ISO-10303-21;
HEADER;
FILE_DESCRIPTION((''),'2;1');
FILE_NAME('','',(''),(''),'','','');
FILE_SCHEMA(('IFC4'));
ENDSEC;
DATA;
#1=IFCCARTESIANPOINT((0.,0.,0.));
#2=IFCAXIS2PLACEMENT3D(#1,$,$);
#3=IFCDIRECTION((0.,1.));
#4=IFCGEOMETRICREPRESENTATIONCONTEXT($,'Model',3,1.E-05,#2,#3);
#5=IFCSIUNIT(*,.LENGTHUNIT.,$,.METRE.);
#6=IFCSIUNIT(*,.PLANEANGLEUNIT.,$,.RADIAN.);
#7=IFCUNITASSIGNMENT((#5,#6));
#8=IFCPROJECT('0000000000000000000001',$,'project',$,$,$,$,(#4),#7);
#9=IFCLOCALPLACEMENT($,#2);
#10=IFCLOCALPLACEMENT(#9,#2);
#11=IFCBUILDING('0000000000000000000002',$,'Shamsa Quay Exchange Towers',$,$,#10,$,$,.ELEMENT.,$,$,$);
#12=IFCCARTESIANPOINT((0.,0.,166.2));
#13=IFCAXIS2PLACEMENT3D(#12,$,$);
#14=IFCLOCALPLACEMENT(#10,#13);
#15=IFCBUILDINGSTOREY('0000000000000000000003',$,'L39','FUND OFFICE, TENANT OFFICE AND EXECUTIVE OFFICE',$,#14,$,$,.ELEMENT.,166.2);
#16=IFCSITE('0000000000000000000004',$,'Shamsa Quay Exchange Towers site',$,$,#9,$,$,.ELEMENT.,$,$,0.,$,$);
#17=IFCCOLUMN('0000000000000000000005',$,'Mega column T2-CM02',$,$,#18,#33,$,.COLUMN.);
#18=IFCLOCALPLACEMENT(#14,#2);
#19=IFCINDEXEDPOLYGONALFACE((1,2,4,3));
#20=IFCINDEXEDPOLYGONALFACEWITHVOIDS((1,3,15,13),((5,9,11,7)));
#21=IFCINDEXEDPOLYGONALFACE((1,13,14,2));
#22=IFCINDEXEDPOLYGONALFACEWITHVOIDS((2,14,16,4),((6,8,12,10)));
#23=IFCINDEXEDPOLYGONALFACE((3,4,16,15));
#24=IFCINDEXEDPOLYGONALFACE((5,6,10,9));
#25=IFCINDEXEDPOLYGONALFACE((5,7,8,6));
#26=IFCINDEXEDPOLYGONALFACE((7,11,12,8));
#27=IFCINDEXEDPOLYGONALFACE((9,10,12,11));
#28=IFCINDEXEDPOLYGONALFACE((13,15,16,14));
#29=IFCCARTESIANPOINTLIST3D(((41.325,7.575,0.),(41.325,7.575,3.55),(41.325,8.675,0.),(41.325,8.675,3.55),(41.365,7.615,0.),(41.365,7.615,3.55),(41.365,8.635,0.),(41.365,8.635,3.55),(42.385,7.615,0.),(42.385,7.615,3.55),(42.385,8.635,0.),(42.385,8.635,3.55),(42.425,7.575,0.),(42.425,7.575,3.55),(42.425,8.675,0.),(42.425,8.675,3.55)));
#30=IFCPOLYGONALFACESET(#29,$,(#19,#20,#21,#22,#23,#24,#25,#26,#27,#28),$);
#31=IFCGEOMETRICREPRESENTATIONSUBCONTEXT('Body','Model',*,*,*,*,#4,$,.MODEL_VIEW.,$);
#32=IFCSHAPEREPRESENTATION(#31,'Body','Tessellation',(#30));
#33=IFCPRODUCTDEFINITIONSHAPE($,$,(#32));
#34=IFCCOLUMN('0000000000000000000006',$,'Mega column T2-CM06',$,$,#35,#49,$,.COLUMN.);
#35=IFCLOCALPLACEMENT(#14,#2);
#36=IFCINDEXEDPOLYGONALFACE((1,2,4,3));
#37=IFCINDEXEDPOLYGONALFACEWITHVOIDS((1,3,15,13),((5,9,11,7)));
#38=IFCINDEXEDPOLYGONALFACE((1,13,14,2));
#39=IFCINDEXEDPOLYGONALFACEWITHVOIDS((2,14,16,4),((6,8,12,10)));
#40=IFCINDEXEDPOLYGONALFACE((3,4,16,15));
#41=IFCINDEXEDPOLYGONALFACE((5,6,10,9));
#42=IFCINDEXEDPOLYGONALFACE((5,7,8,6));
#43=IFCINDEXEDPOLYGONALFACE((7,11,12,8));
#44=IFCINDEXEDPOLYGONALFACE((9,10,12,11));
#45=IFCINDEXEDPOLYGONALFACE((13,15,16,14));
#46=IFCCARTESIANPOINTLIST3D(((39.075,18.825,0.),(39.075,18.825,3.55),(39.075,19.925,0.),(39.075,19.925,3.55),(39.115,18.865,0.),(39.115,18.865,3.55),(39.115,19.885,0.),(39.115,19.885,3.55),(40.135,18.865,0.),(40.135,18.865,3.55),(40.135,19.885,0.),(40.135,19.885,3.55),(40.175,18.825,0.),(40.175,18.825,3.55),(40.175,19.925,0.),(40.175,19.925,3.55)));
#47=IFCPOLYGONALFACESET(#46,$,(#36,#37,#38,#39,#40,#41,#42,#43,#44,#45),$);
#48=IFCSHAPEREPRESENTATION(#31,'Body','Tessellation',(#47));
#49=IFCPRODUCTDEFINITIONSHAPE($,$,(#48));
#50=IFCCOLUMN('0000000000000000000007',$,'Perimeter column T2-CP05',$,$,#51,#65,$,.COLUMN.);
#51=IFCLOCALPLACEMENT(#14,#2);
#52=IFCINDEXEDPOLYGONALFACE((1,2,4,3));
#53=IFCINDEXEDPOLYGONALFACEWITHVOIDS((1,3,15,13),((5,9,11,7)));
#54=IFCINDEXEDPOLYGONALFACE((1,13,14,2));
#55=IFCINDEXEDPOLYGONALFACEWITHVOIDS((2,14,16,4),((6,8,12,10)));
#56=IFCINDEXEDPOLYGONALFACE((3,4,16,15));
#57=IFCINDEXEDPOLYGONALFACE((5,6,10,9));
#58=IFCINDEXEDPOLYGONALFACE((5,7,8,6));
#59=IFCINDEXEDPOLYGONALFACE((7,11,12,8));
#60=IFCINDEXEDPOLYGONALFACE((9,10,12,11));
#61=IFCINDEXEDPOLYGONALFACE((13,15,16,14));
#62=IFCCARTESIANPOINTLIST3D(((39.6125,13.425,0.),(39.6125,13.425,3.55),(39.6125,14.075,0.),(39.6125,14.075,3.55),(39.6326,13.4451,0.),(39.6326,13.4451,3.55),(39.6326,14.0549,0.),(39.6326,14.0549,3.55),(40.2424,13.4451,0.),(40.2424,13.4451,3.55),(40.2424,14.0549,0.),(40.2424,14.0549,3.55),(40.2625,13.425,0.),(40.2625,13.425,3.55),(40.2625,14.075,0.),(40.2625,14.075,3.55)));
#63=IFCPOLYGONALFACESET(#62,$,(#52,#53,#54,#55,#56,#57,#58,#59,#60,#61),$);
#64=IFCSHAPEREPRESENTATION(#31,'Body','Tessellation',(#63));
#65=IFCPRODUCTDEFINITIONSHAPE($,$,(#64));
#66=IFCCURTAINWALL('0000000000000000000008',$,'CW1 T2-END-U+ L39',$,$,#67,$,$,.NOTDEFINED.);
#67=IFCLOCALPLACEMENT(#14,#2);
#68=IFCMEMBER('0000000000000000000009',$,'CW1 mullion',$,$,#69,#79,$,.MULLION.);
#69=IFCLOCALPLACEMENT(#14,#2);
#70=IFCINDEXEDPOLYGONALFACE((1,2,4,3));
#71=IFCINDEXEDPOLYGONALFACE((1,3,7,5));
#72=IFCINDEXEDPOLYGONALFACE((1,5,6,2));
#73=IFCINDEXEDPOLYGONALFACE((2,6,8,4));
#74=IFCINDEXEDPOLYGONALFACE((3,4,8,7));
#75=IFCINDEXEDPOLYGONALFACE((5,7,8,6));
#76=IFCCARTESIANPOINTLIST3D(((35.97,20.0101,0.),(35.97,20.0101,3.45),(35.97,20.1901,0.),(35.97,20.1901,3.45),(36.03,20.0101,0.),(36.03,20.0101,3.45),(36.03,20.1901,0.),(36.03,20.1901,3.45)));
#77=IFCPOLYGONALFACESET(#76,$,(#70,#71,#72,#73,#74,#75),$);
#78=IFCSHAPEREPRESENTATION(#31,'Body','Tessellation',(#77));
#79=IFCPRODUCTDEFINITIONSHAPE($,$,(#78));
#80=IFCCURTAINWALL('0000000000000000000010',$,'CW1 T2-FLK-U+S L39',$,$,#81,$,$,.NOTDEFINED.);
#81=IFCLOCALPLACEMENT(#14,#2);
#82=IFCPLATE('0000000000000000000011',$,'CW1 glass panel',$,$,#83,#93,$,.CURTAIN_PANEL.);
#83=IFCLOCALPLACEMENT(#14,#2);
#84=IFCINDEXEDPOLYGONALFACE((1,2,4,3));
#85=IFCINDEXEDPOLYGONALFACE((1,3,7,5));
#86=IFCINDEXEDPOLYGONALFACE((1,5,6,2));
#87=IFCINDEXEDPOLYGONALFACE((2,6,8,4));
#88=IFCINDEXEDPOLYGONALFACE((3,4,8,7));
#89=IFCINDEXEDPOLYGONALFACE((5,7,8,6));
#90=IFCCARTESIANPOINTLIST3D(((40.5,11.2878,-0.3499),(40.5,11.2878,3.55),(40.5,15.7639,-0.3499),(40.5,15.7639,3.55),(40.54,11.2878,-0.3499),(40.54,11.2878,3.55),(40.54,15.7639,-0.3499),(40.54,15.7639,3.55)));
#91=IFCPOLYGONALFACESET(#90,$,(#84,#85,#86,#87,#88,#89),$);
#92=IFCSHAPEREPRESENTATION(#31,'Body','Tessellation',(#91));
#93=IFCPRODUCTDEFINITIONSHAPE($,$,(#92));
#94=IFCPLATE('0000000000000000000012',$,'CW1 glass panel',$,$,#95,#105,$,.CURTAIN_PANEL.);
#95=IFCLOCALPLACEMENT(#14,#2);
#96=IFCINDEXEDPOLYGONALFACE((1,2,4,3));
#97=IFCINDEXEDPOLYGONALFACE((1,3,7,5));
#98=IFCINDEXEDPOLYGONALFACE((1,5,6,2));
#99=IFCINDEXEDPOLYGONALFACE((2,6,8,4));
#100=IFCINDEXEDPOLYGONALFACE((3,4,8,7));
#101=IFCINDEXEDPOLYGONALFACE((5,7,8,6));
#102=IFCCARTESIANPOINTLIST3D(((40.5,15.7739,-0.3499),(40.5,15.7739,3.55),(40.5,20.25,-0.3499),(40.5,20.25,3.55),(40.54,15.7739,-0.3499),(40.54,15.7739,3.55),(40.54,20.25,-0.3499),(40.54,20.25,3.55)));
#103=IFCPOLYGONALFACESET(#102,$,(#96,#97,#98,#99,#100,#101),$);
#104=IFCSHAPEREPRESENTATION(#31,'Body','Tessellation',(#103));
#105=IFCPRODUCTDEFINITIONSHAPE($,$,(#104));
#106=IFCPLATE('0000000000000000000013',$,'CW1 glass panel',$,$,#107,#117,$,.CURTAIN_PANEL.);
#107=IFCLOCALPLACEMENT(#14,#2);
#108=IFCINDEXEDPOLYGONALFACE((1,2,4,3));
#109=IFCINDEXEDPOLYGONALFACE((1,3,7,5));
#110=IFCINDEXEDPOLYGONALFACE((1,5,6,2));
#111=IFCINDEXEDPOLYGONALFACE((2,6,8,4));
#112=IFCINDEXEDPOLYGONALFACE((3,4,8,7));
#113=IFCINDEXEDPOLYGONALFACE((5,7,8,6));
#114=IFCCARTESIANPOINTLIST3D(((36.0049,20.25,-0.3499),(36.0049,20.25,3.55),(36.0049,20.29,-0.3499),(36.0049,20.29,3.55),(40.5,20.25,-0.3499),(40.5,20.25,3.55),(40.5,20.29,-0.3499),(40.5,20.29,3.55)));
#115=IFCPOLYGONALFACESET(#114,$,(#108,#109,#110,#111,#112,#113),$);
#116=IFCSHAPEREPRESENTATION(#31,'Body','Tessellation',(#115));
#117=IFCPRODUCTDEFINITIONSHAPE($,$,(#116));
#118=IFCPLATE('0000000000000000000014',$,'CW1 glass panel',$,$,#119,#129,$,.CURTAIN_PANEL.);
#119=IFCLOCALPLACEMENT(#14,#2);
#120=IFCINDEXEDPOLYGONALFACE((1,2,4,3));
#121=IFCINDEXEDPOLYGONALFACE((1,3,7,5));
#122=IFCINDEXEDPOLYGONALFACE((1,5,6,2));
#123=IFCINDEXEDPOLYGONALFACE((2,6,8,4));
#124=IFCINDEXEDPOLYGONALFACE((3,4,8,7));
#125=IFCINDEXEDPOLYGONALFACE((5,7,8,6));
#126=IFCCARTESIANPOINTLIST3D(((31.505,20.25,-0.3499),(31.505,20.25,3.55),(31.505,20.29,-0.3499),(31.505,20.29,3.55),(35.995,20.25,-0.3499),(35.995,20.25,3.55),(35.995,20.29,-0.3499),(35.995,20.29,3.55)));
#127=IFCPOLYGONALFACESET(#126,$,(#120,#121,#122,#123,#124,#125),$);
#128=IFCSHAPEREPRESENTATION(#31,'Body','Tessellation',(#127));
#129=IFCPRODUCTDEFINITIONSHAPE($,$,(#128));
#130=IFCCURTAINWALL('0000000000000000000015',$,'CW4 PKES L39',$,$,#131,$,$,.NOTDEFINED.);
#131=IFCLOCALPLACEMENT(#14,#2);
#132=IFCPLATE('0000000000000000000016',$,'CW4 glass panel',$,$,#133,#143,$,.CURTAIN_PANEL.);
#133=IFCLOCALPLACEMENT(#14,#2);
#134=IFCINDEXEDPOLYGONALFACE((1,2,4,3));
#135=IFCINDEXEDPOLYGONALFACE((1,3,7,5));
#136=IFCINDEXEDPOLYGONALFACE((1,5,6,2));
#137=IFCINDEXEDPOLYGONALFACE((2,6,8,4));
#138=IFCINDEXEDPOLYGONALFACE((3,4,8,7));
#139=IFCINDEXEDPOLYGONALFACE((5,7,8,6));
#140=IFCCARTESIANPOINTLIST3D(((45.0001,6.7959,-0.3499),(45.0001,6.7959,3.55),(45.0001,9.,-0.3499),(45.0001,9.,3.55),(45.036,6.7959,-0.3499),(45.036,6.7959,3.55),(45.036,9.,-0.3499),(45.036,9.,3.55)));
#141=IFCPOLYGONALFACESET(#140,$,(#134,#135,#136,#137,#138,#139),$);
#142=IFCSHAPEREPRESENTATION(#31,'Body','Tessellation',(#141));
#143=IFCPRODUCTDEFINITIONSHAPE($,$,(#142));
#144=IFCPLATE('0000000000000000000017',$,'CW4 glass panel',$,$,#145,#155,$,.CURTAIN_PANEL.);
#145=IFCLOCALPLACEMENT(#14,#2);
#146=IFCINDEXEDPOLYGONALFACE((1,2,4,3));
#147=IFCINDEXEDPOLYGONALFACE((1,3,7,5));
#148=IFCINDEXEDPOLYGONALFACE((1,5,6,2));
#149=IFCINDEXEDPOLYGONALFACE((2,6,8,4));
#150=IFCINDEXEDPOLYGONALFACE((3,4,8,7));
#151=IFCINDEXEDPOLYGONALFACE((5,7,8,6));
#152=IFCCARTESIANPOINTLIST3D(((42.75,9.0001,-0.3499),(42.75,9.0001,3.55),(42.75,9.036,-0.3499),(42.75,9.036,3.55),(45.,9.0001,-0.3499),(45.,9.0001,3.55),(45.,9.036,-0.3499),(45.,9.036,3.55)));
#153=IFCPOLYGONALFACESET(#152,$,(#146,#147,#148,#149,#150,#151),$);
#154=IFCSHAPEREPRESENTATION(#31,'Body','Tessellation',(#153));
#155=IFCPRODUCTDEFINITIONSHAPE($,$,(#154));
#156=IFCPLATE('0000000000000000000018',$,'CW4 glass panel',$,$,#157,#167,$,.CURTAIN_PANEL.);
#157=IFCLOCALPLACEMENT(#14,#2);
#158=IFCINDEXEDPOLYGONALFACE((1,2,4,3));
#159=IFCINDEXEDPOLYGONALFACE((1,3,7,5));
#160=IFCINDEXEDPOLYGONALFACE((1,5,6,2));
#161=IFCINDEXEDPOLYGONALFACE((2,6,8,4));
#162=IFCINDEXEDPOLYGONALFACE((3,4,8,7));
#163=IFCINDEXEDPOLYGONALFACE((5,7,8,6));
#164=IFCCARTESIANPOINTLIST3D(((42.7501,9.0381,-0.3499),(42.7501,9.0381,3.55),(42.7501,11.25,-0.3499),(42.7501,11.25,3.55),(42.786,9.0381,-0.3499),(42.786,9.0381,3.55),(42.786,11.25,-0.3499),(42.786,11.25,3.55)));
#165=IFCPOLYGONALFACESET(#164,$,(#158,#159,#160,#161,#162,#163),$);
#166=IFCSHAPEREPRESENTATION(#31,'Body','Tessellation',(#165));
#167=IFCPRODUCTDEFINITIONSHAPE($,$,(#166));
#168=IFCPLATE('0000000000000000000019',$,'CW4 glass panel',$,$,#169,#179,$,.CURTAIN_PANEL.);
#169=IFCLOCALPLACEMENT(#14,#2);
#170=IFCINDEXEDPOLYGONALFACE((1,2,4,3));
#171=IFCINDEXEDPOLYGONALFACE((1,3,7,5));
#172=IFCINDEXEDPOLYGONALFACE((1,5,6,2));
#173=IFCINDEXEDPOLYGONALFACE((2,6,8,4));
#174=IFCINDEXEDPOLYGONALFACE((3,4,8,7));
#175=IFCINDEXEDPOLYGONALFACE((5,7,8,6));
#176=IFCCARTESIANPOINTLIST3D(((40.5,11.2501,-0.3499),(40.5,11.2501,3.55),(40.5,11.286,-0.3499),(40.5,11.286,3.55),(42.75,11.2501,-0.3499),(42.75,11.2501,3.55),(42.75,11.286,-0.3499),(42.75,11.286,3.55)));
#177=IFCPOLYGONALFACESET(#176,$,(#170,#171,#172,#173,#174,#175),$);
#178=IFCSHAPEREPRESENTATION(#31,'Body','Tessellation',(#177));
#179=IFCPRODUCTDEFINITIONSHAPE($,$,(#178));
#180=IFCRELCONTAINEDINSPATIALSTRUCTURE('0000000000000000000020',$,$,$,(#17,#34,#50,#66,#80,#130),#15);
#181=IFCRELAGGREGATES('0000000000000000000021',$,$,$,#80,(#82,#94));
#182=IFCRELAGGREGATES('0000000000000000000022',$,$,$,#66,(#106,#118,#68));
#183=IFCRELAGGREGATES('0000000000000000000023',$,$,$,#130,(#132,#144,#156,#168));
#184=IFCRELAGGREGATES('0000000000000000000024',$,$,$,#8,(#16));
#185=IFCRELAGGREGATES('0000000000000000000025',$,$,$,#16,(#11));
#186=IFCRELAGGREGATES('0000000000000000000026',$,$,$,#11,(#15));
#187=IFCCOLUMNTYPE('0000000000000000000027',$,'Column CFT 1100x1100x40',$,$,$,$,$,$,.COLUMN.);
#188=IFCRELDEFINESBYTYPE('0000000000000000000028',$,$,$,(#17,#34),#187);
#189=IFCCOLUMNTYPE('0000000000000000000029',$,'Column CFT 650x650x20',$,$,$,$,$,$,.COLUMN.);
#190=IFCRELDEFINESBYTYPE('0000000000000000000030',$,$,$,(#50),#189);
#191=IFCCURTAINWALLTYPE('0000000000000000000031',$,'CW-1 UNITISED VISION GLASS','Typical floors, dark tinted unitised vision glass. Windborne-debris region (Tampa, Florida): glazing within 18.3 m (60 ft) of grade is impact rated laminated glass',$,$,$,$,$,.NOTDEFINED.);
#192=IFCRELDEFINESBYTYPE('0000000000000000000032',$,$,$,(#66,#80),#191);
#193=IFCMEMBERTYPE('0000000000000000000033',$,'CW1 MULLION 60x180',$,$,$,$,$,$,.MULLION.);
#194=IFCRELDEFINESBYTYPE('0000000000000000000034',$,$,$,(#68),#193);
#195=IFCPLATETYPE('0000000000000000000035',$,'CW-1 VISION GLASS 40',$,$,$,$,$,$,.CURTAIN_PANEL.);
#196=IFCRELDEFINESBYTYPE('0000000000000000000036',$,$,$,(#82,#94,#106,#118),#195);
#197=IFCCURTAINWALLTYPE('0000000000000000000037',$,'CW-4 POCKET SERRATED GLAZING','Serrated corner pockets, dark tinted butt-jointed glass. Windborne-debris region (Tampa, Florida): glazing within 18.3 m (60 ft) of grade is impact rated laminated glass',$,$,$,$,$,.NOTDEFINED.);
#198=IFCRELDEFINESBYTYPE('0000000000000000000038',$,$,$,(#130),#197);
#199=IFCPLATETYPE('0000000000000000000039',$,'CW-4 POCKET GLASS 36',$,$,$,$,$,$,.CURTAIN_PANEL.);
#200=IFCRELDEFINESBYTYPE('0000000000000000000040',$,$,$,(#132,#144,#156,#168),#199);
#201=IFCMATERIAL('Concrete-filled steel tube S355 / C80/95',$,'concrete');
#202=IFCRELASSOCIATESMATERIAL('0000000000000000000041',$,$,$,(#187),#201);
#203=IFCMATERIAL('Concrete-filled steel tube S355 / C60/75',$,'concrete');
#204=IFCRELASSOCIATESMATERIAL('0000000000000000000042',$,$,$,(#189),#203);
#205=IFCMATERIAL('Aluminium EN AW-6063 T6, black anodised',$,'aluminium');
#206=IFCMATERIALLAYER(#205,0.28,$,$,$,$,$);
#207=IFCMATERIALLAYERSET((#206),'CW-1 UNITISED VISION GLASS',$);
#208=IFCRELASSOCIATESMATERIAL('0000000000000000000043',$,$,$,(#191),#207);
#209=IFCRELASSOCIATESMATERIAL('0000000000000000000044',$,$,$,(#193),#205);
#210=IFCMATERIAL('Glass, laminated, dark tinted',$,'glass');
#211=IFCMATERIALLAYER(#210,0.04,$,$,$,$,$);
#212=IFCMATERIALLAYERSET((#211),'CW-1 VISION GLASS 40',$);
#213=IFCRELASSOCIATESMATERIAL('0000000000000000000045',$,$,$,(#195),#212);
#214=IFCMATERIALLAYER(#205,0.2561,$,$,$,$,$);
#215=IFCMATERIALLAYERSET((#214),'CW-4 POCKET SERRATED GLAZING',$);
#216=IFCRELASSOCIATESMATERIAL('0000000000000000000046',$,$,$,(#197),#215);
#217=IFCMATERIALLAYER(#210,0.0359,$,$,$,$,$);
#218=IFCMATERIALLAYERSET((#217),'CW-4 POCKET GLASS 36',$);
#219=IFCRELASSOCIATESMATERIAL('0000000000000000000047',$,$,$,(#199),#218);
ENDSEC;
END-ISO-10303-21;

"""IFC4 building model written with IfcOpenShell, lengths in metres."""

from ifc_helpers import new_model, si_unit, direction, frame, origin, origin_2d, place, context, subcontext, project, spatial, rectangle, hollow_rectangle, extrude, material, layer, layer_set, material_profile, profile_set, type_object, element, aggregate, save


model = new_model("IFC4")

# Units and contexts
model_context = context("Model", 3, precision=1e-05, world=origin(), true_north=direction((0.0, 1.0)))
body_context = subcontext(model_context, "Body", "Model", "MODEL_VIEW")
ifc_project = project(units=[si_unit("LENGTHUNIT", "METRE"), si_unit("PLANEANGLEUNIT", "RADIAN")], contexts=[model_context])

# Site, building, storey
site_placement = place(None, origin())
site = spatial("IfcSite", under=ifc_project, at=site_placement, Name="Shamsa Quay Exchange Towers site", CompositionType="ELEMENT", RefElevation=0.0)
building_placement = place(site_placement, origin())
building = spatial("IfcBuilding", under=site, at=building_placement, Name="Shamsa Quay Exchange Towers", CompositionType="ELEMENT")
storey_placement = place(building_placement, frame((0.0, 0.0, 166.2)))
storey = spatial("IfcBuildingStorey", under=building, at=storey_placement, Name="L39", Description="FUND OFFICE, TENANT OFFICE AND EXECUTIVE OFFICE", CompositionType="ELEMENT", Elevation=166.2)

# Columns
ifc_material_1 = material(Name="Concrete-filled steel tube S355 / C80/95", Category="concrete")
ifc_material_profile_1 = material_profile(ifc_material_1, hollow_rectangle(XDim=1.1001, YDim=1.1001, WallThickness=0.04, at=origin_2d()), Name="CFT 1100x1100x40")
ifc_profile_set_1 = profile_set([ifc_material_profile_1], Name="Concrete-filled steel tube S355 / C80/95")
column_type_1 = type_object("IfcColumnType", Name="Column CFT 1100x1100x40", PredefinedType="COLUMN", material=ifc_profile_set_1)
for number, where, name in (
    (1, (41.875, 8.125, 0.0), "Mega column T2-CM02"),
    (2, (39.625, 19.375, 0.0), "Mega column T2-CM06"),
):
    element("IfcColumn", number, at=place(storey_placement, frame(where)), inside=storey, type_object=column_type_1, Name=name, PredefinedType="COLUMN", context=body_context, shape_type="SweptSolid", body=[
        extrude(hollow_rectangle(XDim=1.1001, YDim=1.1001, WallThickness=0.04, at=origin_2d()), origin(), (0.0, 0.0, 1.0), 3.55),
    ])
ifc_material_2 = material(Name="Concrete-filled steel tube S355 / C60/75", Category="concrete")
ifc_material_profile_2 = material_profile(ifc_material_2, hollow_rectangle(XDim=0.6499, YDim=0.6499, WallThickness=0.02, at=origin_2d()), Name="CFT 650x650x20")
ifc_profile_set_2 = profile_set([ifc_material_profile_2], Name="Concrete-filled steel tube S355 / C60/75")
column_type_2 = type_object("IfcColumnType", Name="Column CFT 650x650x20", PredefinedType="COLUMN", material=ifc_profile_set_2)
column_placement = place(storey_placement, frame((39.9375, 13.75, 0.0)))
element("IfcColumn", 3, at=column_placement, inside=storey, type_object=column_type_2, Name="Perimeter column T2-CP05", PredefinedType="COLUMN", context=body_context, shape_type="SweptSolid", body=[
    extrude(hollow_rectangle(XDim=0.6499, YDim=0.6499, WallThickness=0.02, at=origin_2d()), origin(), (0.0, 0.0, 1.0), 3.55),
])

# Curtain wall, member
ifc_material_3 = material(Name="Aluminium EN AW-6063 T6, black anodised", Category="aluminium")
ifc_layer_1 = layer(ifc_material_3, 0.28)
ifc_layer_set_1 = layer_set([ifc_layer_1], Name="CW-1 UNITISED VISION GLASS")
curtain_wall_type_1 = type_object("IfcCurtainWallType", Name="CW-1 UNITISED VISION GLASS", Description="Typical floors, dark tinted unitised vision glass. Windborne-debris region (Tampa, Florida): glazing within 18.3 m (60 ft) of grade is impact rated laminated glass", PredefinedType="NOTDEFINED", material=ifc_layer_set_1)
curtain_wall_1_placement = place(storey_placement, origin())
curtain_wall_1 = element("IfcCurtainWall", 4, at=curtain_wall_1_placement, inside=storey, type_object=curtain_wall_type_1, Name="CW1 T2-END-U+ L39", PredefinedType="NOTDEFINED")
ifc_material_profile_3 = material_profile(ifc_material_3, rectangle(XDim=0.1799, YDim=0.0601, at=origin_2d()), Name="MU60x180")
ifc_profile_set_3 = profile_set([ifc_material_profile_3], Name="Aluminium EN AW-6063 T6, black anodised")
member_type = type_object("IfcMemberType", Name="CW1 MULLION 60x180", PredefinedType="MULLION", material=ifc_profile_set_3)
member_placement = place(storey_placement, frame((36.0, 20.1001, 0.0), z_axis=(0.0, 0.0, 1.0), x_axis=(0.0, -1.0, 0.0)))
member = element("IfcMember", 5, at=member_placement, type_object=member_type, Name="CW1 mullion", PredefinedType="MULLION", context=body_context, shape_type="SweptSolid", body=[
    extrude(rectangle(XDim=0.1799, YDim=0.0601, at=origin_2d()), origin(), (0.0, 0.0, 1.0), 3.45),
])

# Curtain wall, plates
curtain_wall_2_placement = place(storey_placement, origin())
curtain_wall_2 = element("IfcCurtainWall", 6, at=curtain_wall_2_placement, inside=storey, type_object=curtain_wall_type_1, Name="CW1 T2-FLK-U+S L39", PredefinedType="NOTDEFINED")
ifc_material_4 = material(Name="Glass, laminated, dark tinted", Category="glass")
ifc_layer_2 = layer(ifc_material_4, 0.04)
ifc_layer_set_2 = layer_set([ifc_layer_2], Name="CW-1 VISION GLASS 40")
plate_type_1 = type_object("IfcPlateType", Name="CW-1 VISION GLASS 40", PredefinedType="CURTAIN_PANEL", material=ifc_layer_set_2)
plate_1_placement = place(storey_placement, frame((40.52, 13.5259, -0.3499), z_axis=(0.0, 0.0, 1.0), x_axis=(0.0, 1.0, 0.0)))
plate_1 = element("IfcPlate", 7, at=plate_1_placement, type_object=plate_type_1, Name="CW1 glass panel", PredefinedType="CURTAIN_PANEL", context=body_context, shape_type="SweptSolid", body=[
    extrude(rectangle(XDim=4.4761, YDim=0.04, at=origin_2d()), origin(), (0.0, 0.0, 1.0), 3.8999),
])
plate_2_placement = place(storey_placement, frame((40.52, 18.012, -0.3499), z_axis=(0.0, 0.0, 1.0), x_axis=(0.0, 1.0, 0.0)))
plate_2 = element("IfcPlate", 8, at=plate_2_placement, type_object=plate_type_1, Name="CW1 glass panel", PredefinedType="CURTAIN_PANEL", context=body_context, shape_type="SweptSolid", body=[
    extrude(rectangle(XDim=4.4761, YDim=0.04, at=origin_2d()), origin(), (0.0, 0.0, 1.0), 3.8999),
])
aggregate(curtain_wall_2, [plate_1, plate_2])

# Plates
plate_3_placement = place(storey_placement, frame((38.2524, 20.27, -0.3499), z_axis=(0.0, 0.0, 1.0), x_axis=(-1.0, 0.0, 0.0)))
plate_3 = element("IfcPlate", 9, at=plate_3_placement, type_object=plate_type_1, Name="CW1 glass panel", PredefinedType="CURTAIN_PANEL", context=body_context, shape_type="SweptSolid", body=[
    extrude(rectangle(XDim=4.4951, YDim=0.04, at=origin_2d()), origin(), (0.0, 0.0, 1.0), 3.8999),
])
plate_4_placement = place(storey_placement, frame((33.75, 20.27, -0.3499), z_axis=(0.0, 0.0, 1.0), x_axis=(-1.0, 0.0, 0.0)))
plate_4 = element("IfcPlate", 10, at=plate_4_placement, type_object=plate_type_1, Name="CW1 glass panel", PredefinedType="CURTAIN_PANEL", context=body_context, shape_type="SweptSolid", body=[
    extrude(rectangle(XDim=4.49, YDim=0.04, at=origin_2d()), origin(), (0.0, 0.0, 1.0), 3.8999),
])
aggregate(curtain_wall_1, [plate_3, plate_4, member])

# Curtain wall, plates
ifc_layer_3 = layer(ifc_material_3, 0.2561)
ifc_layer_set_3 = layer_set([ifc_layer_3], Name="CW-4 POCKET SERRATED GLAZING")
curtain_wall_type_2 = type_object("IfcCurtainWallType", Name="CW-4 POCKET SERRATED GLAZING", Description="Serrated corner pockets, dark tinted butt-jointed glass. Windborne-debris region (Tampa, Florida): glazing within 18.3 m (60 ft) of grade is impact rated laminated glass", PredefinedType="NOTDEFINED", material=ifc_layer_set_3)
curtain_wall_3_placement = place(storey_placement, origin())
curtain_wall_3 = element("IfcCurtainWall", 11, at=curtain_wall_3_placement, inside=storey, type_object=curtain_wall_type_2, Name="CW4 PKES L39", PredefinedType="NOTDEFINED")
ifc_layer_4 = layer(ifc_material_4, 0.0359)
ifc_layer_set_4 = layer_set([ifc_layer_4], Name="CW-4 POCKET GLASS 36")
plate_type_2 = type_object("IfcPlateType", Name="CW-4 POCKET GLASS 36", PredefinedType="CURTAIN_PANEL", material=ifc_layer_set_4)
plate_5_placement = place(storey_placement, frame((45.0181, 7.8979, -0.3499), z_axis=(0.0, 0.0, 1.0), x_axis=(0.0, 1.0, 0.0)))
plate_5 = element("IfcPlate", 12, at=plate_5_placement, type_object=plate_type_2, Name="CW4 glass panel", PredefinedType="CURTAIN_PANEL", context=body_context, shape_type="SweptSolid", body=[
    extrude(rectangle(XDim=2.2041, YDim=0.0359, at=origin_2d()), origin(), (0.0, 0.0, 1.0), 3.8999),
])
plate_6_placement = place(storey_placement, frame((43.875, 9.0181, -0.3499), z_axis=(0.0, 0.0, 1.0), x_axis=(-1.0, 0.0, 0.0)))
plate_6 = element("IfcPlate", 13, at=plate_6_placement, type_object=plate_type_2, Name="CW4 glass panel", PredefinedType="CURTAIN_PANEL", context=body_context, shape_type="SweptSolid", body=[
    extrude(rectangle(XDim=2.25, YDim=0.0359, at=origin_2d()), origin(), (0.0, 0.0, 1.0), 3.8999),
])
plate_7_placement = place(storey_placement, frame((42.7681, 10.144, -0.3499), z_axis=(0.0, 0.0, 1.0), x_axis=(0.0, 1.0, 0.0)))
plate_7 = element("IfcPlate", 14, at=plate_7_placement, type_object=plate_type_2, Name="CW4 glass panel", PredefinedType="CURTAIN_PANEL", context=body_context, shape_type="SweptSolid", body=[
    extrude(rectangle(XDim=2.2119, YDim=0.0359, at=origin_2d()), origin(), (0.0, 0.0, 1.0), 3.8999),
])
plate_8_placement = place(storey_placement, frame((41.625, 11.2681, -0.3499), z_axis=(0.0, 0.0, 1.0), x_axis=(-1.0, 0.0, 0.0)))
plate_8 = element("IfcPlate", 15, at=plate_8_placement, type_object=plate_type_2, Name="CW4 glass panel", PredefinedType="CURTAIN_PANEL", context=body_context, shape_type="SweptSolid", body=[
    extrude(rectangle(XDim=2.25, YDim=0.0359, at=origin_2d()), origin(), (0.0, 0.0, 1.0), 3.8999),
])
aggregate(curtain_wall_3, [plate_5, plate_6, plate_7, plate_8])

save(model, "model.ifc")
